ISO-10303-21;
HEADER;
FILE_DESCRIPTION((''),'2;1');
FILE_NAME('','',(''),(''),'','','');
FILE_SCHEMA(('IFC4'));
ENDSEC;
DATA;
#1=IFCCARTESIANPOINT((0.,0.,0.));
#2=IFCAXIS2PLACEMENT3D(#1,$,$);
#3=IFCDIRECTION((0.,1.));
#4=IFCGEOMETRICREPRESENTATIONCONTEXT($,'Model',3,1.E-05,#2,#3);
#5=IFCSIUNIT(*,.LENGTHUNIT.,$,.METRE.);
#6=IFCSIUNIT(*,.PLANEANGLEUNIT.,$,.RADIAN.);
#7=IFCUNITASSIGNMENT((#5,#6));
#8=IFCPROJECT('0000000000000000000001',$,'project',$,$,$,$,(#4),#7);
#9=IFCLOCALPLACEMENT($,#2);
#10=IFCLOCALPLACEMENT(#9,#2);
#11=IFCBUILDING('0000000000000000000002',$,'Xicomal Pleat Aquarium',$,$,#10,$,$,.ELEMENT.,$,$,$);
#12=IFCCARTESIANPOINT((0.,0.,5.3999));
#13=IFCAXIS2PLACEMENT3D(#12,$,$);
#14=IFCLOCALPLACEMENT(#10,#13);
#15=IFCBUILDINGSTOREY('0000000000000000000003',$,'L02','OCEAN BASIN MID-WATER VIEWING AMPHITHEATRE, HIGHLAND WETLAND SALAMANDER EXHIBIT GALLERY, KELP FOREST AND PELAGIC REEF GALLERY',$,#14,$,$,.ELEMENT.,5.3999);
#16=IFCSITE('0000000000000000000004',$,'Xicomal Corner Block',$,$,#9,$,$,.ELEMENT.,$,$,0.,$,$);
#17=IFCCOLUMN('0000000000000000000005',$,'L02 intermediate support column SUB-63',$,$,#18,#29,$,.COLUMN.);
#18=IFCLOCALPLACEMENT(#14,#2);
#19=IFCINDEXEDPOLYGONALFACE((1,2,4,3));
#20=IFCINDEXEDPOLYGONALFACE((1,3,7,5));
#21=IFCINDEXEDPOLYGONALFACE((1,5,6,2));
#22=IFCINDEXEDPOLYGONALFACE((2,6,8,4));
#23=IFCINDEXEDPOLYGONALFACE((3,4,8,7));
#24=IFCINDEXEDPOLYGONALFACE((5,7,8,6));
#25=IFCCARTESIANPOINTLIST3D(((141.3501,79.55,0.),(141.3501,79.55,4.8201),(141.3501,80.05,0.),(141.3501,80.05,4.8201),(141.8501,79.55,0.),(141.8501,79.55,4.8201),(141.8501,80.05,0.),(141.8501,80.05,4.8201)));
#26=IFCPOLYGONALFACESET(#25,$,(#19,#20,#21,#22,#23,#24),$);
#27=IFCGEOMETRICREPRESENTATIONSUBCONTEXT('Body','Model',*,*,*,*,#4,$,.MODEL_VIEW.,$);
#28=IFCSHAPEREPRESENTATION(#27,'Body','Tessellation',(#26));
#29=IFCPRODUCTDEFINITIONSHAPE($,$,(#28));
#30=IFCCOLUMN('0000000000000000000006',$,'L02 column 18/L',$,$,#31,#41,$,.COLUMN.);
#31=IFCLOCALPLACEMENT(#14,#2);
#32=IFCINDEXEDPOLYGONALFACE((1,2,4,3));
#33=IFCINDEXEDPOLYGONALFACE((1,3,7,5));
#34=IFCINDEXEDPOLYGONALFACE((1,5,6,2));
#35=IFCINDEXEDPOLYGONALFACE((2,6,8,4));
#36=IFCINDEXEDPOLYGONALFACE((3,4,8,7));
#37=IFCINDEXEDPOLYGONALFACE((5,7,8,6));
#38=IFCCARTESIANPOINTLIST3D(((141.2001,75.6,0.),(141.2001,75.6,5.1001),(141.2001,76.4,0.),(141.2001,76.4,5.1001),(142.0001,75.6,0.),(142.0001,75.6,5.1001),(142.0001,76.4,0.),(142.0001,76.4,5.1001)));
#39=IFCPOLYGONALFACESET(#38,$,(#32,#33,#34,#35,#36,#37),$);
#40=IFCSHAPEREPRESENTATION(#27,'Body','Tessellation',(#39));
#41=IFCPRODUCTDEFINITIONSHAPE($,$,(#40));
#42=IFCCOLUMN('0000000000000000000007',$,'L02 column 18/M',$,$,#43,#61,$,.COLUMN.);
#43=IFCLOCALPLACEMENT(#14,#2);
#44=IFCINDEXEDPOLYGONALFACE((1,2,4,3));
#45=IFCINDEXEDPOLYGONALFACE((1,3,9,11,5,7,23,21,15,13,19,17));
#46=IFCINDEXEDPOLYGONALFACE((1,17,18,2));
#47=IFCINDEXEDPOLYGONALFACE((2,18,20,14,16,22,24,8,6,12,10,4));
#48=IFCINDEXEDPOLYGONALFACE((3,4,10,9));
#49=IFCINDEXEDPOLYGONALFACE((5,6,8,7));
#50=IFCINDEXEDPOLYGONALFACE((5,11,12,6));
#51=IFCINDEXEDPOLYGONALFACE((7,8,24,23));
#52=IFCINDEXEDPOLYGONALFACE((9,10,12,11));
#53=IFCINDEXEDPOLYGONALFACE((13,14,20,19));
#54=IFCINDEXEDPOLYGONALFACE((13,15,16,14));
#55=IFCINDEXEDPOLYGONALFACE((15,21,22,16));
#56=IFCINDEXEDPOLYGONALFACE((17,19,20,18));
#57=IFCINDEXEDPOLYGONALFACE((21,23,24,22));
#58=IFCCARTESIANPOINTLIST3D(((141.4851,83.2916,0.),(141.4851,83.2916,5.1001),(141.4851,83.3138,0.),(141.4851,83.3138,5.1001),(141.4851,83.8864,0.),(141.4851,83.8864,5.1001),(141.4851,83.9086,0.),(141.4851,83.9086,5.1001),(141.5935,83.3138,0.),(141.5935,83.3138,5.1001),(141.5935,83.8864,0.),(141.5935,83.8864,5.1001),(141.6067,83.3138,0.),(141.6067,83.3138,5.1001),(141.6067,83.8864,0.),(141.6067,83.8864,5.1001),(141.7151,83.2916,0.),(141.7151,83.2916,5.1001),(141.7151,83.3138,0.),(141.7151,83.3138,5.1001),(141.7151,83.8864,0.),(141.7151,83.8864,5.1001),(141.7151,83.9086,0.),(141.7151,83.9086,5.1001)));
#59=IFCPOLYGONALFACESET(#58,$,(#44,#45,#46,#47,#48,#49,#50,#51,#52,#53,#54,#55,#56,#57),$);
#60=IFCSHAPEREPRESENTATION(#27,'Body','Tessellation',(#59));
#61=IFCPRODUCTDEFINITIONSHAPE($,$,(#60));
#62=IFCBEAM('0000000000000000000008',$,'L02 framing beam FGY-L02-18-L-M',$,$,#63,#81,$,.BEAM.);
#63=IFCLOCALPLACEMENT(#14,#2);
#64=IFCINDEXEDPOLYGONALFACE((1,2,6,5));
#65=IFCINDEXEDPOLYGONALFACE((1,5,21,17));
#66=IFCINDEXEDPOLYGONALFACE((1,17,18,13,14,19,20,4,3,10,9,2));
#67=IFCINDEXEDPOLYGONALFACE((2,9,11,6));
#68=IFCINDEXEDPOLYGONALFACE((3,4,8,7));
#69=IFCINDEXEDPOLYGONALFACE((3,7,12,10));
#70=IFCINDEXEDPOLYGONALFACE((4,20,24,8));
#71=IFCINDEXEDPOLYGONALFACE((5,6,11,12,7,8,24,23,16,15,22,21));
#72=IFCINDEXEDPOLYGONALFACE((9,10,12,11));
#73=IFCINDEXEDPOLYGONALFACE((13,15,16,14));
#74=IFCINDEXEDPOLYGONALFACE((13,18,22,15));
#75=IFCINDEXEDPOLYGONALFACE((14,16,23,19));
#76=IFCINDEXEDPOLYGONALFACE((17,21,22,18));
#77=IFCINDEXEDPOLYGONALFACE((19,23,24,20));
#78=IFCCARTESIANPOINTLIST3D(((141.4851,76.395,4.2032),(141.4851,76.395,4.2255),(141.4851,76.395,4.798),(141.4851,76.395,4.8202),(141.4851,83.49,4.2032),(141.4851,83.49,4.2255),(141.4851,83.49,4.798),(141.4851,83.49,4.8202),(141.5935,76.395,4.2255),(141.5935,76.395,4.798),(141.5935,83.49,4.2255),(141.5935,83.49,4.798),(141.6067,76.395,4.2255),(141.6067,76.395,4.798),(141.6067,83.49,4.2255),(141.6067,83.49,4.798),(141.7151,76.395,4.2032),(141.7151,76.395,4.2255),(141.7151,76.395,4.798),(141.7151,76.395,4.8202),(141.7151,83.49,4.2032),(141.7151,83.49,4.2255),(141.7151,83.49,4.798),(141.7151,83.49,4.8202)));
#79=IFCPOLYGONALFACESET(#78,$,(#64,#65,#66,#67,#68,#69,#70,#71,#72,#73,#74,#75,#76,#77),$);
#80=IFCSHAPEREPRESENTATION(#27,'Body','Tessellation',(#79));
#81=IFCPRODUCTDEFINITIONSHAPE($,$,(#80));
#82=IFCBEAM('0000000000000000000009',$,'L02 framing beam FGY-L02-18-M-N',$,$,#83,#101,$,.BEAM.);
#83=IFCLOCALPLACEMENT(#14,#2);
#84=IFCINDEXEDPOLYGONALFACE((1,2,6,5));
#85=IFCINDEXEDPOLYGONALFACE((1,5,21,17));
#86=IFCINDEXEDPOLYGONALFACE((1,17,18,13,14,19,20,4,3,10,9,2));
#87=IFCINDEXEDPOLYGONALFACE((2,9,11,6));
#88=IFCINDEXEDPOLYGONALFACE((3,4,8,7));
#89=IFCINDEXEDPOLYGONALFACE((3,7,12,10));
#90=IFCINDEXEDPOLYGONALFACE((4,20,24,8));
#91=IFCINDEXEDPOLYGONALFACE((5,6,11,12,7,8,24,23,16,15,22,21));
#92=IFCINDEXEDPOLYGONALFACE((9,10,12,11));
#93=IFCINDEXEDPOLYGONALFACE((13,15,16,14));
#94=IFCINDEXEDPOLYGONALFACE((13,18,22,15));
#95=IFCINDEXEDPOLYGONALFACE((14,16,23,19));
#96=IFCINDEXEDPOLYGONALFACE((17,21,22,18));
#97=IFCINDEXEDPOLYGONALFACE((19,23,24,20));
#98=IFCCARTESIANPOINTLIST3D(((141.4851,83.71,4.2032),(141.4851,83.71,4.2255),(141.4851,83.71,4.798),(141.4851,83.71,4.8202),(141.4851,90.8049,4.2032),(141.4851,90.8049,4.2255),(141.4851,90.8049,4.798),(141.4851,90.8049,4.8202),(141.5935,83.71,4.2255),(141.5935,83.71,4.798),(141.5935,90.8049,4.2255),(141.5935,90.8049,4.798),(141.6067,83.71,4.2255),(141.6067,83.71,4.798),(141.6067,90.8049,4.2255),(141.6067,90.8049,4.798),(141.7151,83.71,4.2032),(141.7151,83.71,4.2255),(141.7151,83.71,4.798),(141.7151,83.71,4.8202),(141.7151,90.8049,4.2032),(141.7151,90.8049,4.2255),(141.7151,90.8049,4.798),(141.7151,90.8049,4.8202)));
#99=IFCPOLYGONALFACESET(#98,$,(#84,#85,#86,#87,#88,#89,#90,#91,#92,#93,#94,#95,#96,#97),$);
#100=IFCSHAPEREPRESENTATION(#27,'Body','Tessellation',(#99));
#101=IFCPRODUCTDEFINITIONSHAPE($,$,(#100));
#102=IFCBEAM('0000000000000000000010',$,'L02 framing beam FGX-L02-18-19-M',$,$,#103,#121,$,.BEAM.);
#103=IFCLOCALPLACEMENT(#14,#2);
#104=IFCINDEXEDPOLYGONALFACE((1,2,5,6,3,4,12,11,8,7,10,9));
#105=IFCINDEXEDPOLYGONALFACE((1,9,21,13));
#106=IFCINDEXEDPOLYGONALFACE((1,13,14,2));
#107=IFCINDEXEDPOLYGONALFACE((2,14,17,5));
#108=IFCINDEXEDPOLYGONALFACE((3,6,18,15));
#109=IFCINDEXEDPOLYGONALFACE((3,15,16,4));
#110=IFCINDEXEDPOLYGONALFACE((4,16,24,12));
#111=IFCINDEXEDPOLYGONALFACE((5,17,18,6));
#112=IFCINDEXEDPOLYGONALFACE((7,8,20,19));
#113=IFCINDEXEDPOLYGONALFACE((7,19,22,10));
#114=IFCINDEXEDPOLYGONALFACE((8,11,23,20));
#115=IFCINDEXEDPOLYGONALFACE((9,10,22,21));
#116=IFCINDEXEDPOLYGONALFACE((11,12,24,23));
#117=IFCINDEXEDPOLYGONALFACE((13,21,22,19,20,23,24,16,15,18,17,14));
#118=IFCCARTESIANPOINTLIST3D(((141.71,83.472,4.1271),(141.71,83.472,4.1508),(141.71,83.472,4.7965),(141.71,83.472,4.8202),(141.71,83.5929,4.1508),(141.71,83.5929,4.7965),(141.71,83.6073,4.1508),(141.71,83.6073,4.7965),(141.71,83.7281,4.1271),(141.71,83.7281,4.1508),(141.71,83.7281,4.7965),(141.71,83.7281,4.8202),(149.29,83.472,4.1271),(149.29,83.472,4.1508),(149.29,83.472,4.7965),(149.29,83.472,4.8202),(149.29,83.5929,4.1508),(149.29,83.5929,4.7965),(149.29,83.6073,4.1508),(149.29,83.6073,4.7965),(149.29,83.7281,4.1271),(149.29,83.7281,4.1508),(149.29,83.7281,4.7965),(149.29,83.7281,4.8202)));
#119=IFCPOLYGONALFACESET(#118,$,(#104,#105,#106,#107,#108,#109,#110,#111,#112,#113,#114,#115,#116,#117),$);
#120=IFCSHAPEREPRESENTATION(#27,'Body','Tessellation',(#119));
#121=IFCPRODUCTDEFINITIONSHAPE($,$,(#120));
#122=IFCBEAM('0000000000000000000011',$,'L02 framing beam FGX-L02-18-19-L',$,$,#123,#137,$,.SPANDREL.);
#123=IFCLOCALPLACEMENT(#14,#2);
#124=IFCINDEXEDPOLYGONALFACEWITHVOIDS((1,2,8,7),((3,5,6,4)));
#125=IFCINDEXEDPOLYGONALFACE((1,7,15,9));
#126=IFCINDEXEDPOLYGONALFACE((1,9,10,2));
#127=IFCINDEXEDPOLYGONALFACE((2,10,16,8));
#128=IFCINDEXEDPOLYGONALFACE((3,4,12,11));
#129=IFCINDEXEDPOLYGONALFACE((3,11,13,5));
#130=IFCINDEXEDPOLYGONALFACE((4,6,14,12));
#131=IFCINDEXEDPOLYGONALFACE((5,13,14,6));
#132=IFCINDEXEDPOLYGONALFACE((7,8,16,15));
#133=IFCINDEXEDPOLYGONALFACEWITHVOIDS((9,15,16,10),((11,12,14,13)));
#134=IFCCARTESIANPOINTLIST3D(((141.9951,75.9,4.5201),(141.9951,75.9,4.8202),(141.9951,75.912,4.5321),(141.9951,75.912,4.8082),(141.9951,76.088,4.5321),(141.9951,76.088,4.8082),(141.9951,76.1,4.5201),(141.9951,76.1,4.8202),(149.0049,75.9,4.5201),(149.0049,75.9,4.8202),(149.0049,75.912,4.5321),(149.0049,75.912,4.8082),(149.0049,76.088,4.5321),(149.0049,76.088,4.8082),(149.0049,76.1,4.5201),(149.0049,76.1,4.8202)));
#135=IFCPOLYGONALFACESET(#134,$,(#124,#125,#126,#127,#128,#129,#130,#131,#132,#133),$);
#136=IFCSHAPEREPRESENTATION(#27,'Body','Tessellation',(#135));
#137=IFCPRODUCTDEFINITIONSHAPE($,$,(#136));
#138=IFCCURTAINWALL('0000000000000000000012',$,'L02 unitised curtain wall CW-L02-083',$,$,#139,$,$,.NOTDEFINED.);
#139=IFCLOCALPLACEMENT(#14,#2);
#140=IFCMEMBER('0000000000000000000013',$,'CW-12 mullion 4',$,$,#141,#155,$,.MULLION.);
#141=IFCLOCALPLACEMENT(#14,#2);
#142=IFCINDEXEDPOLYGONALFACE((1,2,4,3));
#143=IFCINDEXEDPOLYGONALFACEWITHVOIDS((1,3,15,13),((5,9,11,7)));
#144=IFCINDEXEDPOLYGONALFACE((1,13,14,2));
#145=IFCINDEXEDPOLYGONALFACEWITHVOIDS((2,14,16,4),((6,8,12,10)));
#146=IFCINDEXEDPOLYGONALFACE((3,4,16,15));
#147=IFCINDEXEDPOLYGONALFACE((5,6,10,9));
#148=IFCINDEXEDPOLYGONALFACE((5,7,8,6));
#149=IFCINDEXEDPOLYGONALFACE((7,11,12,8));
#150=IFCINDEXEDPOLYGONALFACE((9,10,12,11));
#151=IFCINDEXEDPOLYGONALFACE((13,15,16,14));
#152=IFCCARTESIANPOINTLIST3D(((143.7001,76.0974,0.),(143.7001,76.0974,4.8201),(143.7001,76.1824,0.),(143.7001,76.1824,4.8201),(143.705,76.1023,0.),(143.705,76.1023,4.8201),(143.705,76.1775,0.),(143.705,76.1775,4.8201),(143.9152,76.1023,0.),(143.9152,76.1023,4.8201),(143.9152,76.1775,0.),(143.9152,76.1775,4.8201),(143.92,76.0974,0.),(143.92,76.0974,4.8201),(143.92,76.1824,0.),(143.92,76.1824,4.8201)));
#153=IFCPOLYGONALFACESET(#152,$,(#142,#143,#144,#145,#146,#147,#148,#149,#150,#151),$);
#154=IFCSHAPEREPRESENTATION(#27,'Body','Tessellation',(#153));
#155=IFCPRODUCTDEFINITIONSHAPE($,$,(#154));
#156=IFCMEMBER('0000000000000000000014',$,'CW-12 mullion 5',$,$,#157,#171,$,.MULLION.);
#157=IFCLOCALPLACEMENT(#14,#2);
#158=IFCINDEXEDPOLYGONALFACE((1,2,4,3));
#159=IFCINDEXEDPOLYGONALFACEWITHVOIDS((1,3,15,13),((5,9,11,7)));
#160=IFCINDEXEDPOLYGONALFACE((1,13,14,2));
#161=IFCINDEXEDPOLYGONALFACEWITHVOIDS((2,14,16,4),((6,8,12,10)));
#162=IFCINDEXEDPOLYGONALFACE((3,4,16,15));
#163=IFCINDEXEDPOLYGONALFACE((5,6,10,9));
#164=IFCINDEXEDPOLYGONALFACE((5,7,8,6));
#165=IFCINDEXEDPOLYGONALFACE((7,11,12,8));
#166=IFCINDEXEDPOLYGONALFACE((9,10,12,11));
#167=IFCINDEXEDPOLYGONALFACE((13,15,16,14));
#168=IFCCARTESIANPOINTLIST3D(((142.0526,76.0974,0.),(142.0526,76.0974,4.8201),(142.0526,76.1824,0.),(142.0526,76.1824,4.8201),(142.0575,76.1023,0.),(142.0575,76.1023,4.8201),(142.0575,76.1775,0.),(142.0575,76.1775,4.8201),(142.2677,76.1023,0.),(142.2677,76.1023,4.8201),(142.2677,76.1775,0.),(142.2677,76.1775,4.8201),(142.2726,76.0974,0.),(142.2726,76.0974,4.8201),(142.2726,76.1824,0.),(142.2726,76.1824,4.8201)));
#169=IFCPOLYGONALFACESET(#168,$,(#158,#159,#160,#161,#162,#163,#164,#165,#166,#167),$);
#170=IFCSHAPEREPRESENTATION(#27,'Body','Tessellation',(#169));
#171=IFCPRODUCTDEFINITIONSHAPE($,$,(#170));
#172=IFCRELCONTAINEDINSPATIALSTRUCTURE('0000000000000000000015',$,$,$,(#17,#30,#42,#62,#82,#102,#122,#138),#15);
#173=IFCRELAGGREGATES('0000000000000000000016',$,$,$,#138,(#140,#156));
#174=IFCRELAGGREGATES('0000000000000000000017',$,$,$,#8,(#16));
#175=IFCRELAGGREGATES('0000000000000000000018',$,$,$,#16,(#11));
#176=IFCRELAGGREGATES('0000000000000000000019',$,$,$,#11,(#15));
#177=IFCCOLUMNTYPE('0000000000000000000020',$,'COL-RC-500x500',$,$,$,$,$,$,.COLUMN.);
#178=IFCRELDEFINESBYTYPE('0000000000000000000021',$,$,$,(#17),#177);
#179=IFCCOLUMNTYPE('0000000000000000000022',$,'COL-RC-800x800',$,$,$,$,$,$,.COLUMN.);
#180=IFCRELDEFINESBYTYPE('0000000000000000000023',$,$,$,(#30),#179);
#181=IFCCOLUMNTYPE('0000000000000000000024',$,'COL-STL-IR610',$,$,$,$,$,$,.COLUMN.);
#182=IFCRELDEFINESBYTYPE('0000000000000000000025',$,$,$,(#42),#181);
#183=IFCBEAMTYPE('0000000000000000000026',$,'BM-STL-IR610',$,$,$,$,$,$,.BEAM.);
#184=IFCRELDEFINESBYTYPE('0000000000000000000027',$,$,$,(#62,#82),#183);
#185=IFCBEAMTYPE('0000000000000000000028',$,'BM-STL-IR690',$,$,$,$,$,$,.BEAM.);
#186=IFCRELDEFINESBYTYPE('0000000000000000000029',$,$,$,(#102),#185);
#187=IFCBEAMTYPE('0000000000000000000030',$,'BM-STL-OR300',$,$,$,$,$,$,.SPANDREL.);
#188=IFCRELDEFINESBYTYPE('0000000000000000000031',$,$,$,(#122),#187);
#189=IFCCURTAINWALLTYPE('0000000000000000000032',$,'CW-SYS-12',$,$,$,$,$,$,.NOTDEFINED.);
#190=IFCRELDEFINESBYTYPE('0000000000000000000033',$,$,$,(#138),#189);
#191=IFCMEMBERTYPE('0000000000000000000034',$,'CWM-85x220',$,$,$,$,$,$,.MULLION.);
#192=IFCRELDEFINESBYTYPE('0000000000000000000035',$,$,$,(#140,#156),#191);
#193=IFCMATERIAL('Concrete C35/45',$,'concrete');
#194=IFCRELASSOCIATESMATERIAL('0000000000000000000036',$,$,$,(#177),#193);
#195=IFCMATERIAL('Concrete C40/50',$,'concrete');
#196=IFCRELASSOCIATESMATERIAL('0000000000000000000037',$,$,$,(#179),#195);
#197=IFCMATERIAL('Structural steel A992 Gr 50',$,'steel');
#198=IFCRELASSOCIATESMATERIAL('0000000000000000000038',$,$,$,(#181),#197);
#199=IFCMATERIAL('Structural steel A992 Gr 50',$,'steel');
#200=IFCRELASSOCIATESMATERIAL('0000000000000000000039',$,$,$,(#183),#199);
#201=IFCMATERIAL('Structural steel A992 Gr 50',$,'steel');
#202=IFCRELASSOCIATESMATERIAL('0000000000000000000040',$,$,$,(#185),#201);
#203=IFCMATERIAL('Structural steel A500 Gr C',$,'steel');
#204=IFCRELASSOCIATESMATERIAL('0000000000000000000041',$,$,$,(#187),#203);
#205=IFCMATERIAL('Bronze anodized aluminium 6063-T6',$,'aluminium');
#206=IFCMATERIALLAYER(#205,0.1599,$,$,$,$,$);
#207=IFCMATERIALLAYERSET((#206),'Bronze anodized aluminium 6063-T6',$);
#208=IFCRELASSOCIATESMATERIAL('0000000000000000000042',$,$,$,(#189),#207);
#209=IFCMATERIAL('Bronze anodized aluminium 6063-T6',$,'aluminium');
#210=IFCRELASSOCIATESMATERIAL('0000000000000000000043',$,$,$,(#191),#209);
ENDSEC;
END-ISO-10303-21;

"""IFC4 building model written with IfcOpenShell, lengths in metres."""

from ifc_helpers import new_model, si_unit, direction, frame, origin, origin_2d, place, context, subcontext, project, spatial, rectangle, hollow_rectangle, i_section, extrude, material, layer, layer_set, material_profile, profile_set, type_object, element, aggregate, save


model = new_model("IFC4")

# Units and contexts
model_context = context("Model", 3, precision=1e-05, world=origin(), true_north=direction((0.0, 1.0)))
body_context = subcontext(model_context, "Body", "Model", "MODEL_VIEW")
ifc_project = project(units=[si_unit("LENGTHUNIT", "METRE"), si_unit("PLANEANGLEUNIT", "RADIAN")], contexts=[model_context])

# Site, building, storey
site_placement = place(None, origin())
site = spatial("IfcSite", under=ifc_project, at=site_placement, Name="Xicomal Corner Block", CompositionType="ELEMENT", RefElevation=0.0)
building_placement = place(site_placement, origin())
building = spatial("IfcBuilding", under=site, at=building_placement, Name="Xicomal Pleat Aquarium", CompositionType="ELEMENT")
storey_placement = place(building_placement, frame((0.0, 0.0, 5.3999)))
storey = spatial("IfcBuildingStorey", under=building, at=storey_placement, Name="L02", Description="OCEAN BASIN MID-WATER VIEWING AMPHITHEATRE, HIGHLAND WETLAND SALAMANDER EXHIBIT GALLERY, KELP FOREST AND PELAGIC REEF GALLERY", CompositionType="ELEMENT", Elevation=5.3999)

# Columns
ifc_material_1 = material(Name="Concrete C35/45", Category="concrete")
ifc_material_profile_1 = material_profile(ifc_material_1, rectangle(XDim=0.5, YDim=0.5, at=origin_2d()), Name="RC 500x500")
ifc_profile_set_1 = profile_set([ifc_material_profile_1], Name="Concrete C35/45")
column_type_1 = type_object("IfcColumnType", Name="COL-RC-500x500", PredefinedType="COLUMN", material=ifc_profile_set_1)
column_1_placement = place(storey_placement, frame((141.6001, 79.8, 0.0), z_axis=(0.0, 0.0, 1.0), x_axis=(1.0, 0.0, 0.0)))
element("IfcColumn", 1, at=column_1_placement, inside=storey, type_object=column_type_1, Name="L02 intermediate support column SUB-63", PredefinedType="COLUMN", context=body_context, shape_type="SweptSolid", body=[
    extrude(rectangle(XDim=0.5, YDim=0.5, at=origin_2d()), origin(), (0.0, 0.0, 1.0), 4.8201),
])
ifc_material_2 = material(Name="Concrete C40/50", Category="concrete")
ifc_material_profile_2 = material_profile(ifc_material_2, rectangle(XDim=0.8, YDim=0.8, at=origin_2d()), Name="RC 800x800")
ifc_profile_set_2 = profile_set([ifc_material_profile_2], Name="Concrete C40/50")
column_type_2 = type_object("IfcColumnType", Name="COL-RC-800x800", PredefinedType="COLUMN", material=ifc_profile_set_2)
column_2_placement = place(storey_placement, frame((141.6001, 76.0, 0.0), z_axis=(0.0, 0.0, 1.0), x_axis=(1.0, 0.0, 0.0)))
element("IfcColumn", 2, at=column_2_placement, inside=storey, type_object=column_type_2, Name="L02 column 18/L", PredefinedType="COLUMN", context=body_context, shape_type="SweptSolid", body=[
    extrude(rectangle(XDim=0.8, YDim=0.8, at=origin_2d()), origin(), (0.0, 0.0, 1.0), 5.1001),
])
ifc_material_3 = material(Name="Structural steel A992 Gr 50", Category="steel")
ifc_material_profile_3 = material_profile(ifc_material_3, i_section(OverallWidth=0.23, OverallDepth=0.6169, WebThickness=0.0132, FlangeThickness=0.0222, at=origin_2d()), Name="IR 610x140")
ifc_profile_set_3 = profile_set([ifc_material_profile_3], Name="Structural steel A992 Gr 50")
column_type_3 = type_object("IfcColumnType", Name="COL-STL-IR610", PredefinedType="COLUMN", material=ifc_profile_set_3)
column_3_placement = place(storey_placement, frame((141.6001, 83.6001, 0.0), z_axis=(0.0, 0.0, 1.0), x_axis=(1.0, 0.0, 0.0)))
element("IfcColumn", 3, at=column_3_placement, inside=storey, type_object=column_type_3, Name="L02 column 18/M", PredefinedType="COLUMN", context=body_context, shape_type="SweptSolid", body=[
    extrude(i_section(OverallWidth=0.23, OverallDepth=0.6169, WebThickness=0.0132, FlangeThickness=0.0222, at=origin_2d()), origin(), (0.0, 0.0, 1.0), 5.1001),
])

# Beams
ifc_material_4 = material(Name="Structural steel A992 Gr 50", Category="steel")
ifc_material_profile_4 = material_profile(ifc_material_4, i_section(OverallWidth=0.23, OverallDepth=0.6169, WebThickness=0.0132, FlangeThickness=0.0222, at=origin_2d()), Name="IR 610x140")
ifc_profile_set_4 = profile_set([ifc_material_profile_4], Name="Structural steel A992 Gr 50")
beam_type_1 = type_object("IfcBeamType", Name="BM-STL-IR610", PredefinedType="BEAM", material=ifc_profile_set_4)
for number, where, z_axis, x_axis, name in (
    (4, (141.6001, 76.395, 4.5117), (0.0, 1.0, 0.0), (-1.0, 0.0, 0.0), "L02 framing beam FGY-L02-18-L-M"),
    (5, (141.6001, 83.71, 4.5117), (0.0, 1.0, 0.0), (-1.0, 0.0, 0.0), "L02 framing beam FGY-L02-18-M-N"),
):
    element("IfcBeam", number, at=place(storey_placement, frame(where, z_axis=z_axis, x_axis=x_axis)), inside=storey, type_object=beam_type_1, Name=name, PredefinedType="BEAM", context=body_context, shape_type="SweptSolid", body=[
        extrude(i_section(OverallWidth=0.23, OverallDepth=0.6169, WebThickness=0.0132, FlangeThickness=0.0222, at=origin_2d()), origin(), (0.0, 0.0, 1.0), 7.095),
    ])
ifc_material_5 = material(Name="Structural steel A992 Gr 50", Category="steel")
ifc_material_profile_5 = material_profile(ifc_material_5, i_section(OverallWidth=0.2561, OverallDepth=0.6931, WebThickness=0.0144, FlangeThickness=0.0237, at=origin_2d()), Name="IR 690x170")
ifc_profile_set_5 = profile_set([ifc_material_profile_5], Name="Structural steel A992 Gr 50")
beam_type_2 = type_object("IfcBeamType", Name="BM-STL-IR690", PredefinedType="BEAM", material=ifc_profile_set_5)
beam_1_placement = place(storey_placement, frame((141.71, 83.6001, 4.4736), z_axis=(1.0, 0.0, 0.0), x_axis=(0.0, 1.0, 0.0)))
element("IfcBeam", 6, at=beam_1_placement, inside=storey, type_object=beam_type_2, Name="L02 framing beam FGX-L02-18-19-M", PredefinedType="BEAM", context=body_context, shape_type="SweptSolid", body=[
    extrude(i_section(OverallWidth=0.2561, OverallDepth=0.6931, WebThickness=0.0144, FlangeThickness=0.0237, at=origin_2d()), origin(), (0.0, 0.0, 1.0), 7.5801),
])
ifc_material_6 = material(Name="Structural steel A500 Gr C", Category="steel")
ifc_material_profile_6 = material_profile(ifc_material_6, hollow_rectangle(XDim=0.2, YDim=0.3, WallThickness=0.012, at=origin_2d()), Name="OR 300x200x12")
ifc_profile_set_6 = profile_set([ifc_material_profile_6], Name="Structural steel A500 Gr C")
beam_type_3 = type_object("IfcBeamType", Name="BM-STL-OR300", PredefinedType="SPANDREL", material=ifc_profile_set_6)
beam_2_placement = place(storey_placement, frame((141.9951, 76.0, 4.6702), z_axis=(1.0, 0.0, 0.0), x_axis=(0.0, 1.0, 0.0)))
element("IfcBeam", 7, at=beam_2_placement, inside=storey, type_object=beam_type_3, Name="L02 framing beam FGX-L02-18-19-L", PredefinedType="SPANDREL", context=body_context, shape_type="SweptSolid", body=[
    extrude(hollow_rectangle(XDim=0.2, YDim=0.3, WallThickness=0.012, at=origin_2d()), origin(), (0.0, 0.0, 1.0), 7.0098),
])

# Curtain wall, members
ifc_material_7 = material(Name="Bronze anodized aluminium 6063-T6", Category="aluminium")
ifc_layer_1 = layer(ifc_material_7, 0.1599)
ifc_layer_set_1 = layer_set([ifc_layer_1], Name="Bronze anodized aluminium 6063-T6")
curtain_wall_type = type_object("IfcCurtainWallType", Name="CW-SYS-12", PredefinedType="NOTDEFINED", material=ifc_layer_set_1)
curtain_wall_placement = place(storey_placement, origin())
curtain_wall = element("IfcCurtainWall", 8, at=curtain_wall_placement, inside=storey, type_object=curtain_wall_type, Name="L02 unitised curtain wall CW-L02-083", PredefinedType="NOTDEFINED")
ifc_material_8 = material(Name="Bronze anodized aluminium 6063-T6", Category="aluminium")
ifc_material_profile_7 = material_profile(ifc_material_8, hollow_rectangle(XDim=0.085, YDim=0.22, WallThickness=0.0049, at=origin_2d()), Name="ALU MULL 85x220")
ifc_profile_set_7 = profile_set([ifc_material_profile_7], Name="Bronze anodized aluminium 6063-T6")
member_type_1 = type_object("IfcMemberType", Name="CWM-85x220", PredefinedType="MULLION", material=ifc_profile_set_7)
member_1_placement = place(storey_placement, frame((143.8101, 76.1399, 0.0), z_axis=(0.0, 0.0, 1.0), x_axis=(0.0, -1.0, 0.0)))
member_1 = element("IfcMember", 9, at=member_1_placement, type_object=member_type_1, Name="CW-12 mullion 4", PredefinedType="MULLION", context=body_context, shape_type="SweptSolid", body=[
    extrude(hollow_rectangle(XDim=0.085, YDim=0.22, WallThickness=0.0049, at=origin_2d()), origin(), (0.0, 0.0, 1.0), 4.8201),
])
member_2_placement = place(storey_placement, frame((142.1626, 76.1399, 0.0), z_axis=(0.0, 0.0, 1.0), x_axis=(0.0, -1.0, 0.0)))
member_2 = element("IfcMember", 10, at=member_2_placement, type_object=member_type_1, Name="CW-12 mullion 5", PredefinedType="MULLION", context=body_context, shape_type="SweptSolid", body=[
    extrude(hollow_rectangle(XDim=0.085, YDim=0.22, WallThickness=0.0049, at=origin_2d()), origin(), (0.0, 0.0, 1.0), 4.8201),
])

aggregate(curtain_wall, [member_1, member_2])

save(model, "model.ifc")
